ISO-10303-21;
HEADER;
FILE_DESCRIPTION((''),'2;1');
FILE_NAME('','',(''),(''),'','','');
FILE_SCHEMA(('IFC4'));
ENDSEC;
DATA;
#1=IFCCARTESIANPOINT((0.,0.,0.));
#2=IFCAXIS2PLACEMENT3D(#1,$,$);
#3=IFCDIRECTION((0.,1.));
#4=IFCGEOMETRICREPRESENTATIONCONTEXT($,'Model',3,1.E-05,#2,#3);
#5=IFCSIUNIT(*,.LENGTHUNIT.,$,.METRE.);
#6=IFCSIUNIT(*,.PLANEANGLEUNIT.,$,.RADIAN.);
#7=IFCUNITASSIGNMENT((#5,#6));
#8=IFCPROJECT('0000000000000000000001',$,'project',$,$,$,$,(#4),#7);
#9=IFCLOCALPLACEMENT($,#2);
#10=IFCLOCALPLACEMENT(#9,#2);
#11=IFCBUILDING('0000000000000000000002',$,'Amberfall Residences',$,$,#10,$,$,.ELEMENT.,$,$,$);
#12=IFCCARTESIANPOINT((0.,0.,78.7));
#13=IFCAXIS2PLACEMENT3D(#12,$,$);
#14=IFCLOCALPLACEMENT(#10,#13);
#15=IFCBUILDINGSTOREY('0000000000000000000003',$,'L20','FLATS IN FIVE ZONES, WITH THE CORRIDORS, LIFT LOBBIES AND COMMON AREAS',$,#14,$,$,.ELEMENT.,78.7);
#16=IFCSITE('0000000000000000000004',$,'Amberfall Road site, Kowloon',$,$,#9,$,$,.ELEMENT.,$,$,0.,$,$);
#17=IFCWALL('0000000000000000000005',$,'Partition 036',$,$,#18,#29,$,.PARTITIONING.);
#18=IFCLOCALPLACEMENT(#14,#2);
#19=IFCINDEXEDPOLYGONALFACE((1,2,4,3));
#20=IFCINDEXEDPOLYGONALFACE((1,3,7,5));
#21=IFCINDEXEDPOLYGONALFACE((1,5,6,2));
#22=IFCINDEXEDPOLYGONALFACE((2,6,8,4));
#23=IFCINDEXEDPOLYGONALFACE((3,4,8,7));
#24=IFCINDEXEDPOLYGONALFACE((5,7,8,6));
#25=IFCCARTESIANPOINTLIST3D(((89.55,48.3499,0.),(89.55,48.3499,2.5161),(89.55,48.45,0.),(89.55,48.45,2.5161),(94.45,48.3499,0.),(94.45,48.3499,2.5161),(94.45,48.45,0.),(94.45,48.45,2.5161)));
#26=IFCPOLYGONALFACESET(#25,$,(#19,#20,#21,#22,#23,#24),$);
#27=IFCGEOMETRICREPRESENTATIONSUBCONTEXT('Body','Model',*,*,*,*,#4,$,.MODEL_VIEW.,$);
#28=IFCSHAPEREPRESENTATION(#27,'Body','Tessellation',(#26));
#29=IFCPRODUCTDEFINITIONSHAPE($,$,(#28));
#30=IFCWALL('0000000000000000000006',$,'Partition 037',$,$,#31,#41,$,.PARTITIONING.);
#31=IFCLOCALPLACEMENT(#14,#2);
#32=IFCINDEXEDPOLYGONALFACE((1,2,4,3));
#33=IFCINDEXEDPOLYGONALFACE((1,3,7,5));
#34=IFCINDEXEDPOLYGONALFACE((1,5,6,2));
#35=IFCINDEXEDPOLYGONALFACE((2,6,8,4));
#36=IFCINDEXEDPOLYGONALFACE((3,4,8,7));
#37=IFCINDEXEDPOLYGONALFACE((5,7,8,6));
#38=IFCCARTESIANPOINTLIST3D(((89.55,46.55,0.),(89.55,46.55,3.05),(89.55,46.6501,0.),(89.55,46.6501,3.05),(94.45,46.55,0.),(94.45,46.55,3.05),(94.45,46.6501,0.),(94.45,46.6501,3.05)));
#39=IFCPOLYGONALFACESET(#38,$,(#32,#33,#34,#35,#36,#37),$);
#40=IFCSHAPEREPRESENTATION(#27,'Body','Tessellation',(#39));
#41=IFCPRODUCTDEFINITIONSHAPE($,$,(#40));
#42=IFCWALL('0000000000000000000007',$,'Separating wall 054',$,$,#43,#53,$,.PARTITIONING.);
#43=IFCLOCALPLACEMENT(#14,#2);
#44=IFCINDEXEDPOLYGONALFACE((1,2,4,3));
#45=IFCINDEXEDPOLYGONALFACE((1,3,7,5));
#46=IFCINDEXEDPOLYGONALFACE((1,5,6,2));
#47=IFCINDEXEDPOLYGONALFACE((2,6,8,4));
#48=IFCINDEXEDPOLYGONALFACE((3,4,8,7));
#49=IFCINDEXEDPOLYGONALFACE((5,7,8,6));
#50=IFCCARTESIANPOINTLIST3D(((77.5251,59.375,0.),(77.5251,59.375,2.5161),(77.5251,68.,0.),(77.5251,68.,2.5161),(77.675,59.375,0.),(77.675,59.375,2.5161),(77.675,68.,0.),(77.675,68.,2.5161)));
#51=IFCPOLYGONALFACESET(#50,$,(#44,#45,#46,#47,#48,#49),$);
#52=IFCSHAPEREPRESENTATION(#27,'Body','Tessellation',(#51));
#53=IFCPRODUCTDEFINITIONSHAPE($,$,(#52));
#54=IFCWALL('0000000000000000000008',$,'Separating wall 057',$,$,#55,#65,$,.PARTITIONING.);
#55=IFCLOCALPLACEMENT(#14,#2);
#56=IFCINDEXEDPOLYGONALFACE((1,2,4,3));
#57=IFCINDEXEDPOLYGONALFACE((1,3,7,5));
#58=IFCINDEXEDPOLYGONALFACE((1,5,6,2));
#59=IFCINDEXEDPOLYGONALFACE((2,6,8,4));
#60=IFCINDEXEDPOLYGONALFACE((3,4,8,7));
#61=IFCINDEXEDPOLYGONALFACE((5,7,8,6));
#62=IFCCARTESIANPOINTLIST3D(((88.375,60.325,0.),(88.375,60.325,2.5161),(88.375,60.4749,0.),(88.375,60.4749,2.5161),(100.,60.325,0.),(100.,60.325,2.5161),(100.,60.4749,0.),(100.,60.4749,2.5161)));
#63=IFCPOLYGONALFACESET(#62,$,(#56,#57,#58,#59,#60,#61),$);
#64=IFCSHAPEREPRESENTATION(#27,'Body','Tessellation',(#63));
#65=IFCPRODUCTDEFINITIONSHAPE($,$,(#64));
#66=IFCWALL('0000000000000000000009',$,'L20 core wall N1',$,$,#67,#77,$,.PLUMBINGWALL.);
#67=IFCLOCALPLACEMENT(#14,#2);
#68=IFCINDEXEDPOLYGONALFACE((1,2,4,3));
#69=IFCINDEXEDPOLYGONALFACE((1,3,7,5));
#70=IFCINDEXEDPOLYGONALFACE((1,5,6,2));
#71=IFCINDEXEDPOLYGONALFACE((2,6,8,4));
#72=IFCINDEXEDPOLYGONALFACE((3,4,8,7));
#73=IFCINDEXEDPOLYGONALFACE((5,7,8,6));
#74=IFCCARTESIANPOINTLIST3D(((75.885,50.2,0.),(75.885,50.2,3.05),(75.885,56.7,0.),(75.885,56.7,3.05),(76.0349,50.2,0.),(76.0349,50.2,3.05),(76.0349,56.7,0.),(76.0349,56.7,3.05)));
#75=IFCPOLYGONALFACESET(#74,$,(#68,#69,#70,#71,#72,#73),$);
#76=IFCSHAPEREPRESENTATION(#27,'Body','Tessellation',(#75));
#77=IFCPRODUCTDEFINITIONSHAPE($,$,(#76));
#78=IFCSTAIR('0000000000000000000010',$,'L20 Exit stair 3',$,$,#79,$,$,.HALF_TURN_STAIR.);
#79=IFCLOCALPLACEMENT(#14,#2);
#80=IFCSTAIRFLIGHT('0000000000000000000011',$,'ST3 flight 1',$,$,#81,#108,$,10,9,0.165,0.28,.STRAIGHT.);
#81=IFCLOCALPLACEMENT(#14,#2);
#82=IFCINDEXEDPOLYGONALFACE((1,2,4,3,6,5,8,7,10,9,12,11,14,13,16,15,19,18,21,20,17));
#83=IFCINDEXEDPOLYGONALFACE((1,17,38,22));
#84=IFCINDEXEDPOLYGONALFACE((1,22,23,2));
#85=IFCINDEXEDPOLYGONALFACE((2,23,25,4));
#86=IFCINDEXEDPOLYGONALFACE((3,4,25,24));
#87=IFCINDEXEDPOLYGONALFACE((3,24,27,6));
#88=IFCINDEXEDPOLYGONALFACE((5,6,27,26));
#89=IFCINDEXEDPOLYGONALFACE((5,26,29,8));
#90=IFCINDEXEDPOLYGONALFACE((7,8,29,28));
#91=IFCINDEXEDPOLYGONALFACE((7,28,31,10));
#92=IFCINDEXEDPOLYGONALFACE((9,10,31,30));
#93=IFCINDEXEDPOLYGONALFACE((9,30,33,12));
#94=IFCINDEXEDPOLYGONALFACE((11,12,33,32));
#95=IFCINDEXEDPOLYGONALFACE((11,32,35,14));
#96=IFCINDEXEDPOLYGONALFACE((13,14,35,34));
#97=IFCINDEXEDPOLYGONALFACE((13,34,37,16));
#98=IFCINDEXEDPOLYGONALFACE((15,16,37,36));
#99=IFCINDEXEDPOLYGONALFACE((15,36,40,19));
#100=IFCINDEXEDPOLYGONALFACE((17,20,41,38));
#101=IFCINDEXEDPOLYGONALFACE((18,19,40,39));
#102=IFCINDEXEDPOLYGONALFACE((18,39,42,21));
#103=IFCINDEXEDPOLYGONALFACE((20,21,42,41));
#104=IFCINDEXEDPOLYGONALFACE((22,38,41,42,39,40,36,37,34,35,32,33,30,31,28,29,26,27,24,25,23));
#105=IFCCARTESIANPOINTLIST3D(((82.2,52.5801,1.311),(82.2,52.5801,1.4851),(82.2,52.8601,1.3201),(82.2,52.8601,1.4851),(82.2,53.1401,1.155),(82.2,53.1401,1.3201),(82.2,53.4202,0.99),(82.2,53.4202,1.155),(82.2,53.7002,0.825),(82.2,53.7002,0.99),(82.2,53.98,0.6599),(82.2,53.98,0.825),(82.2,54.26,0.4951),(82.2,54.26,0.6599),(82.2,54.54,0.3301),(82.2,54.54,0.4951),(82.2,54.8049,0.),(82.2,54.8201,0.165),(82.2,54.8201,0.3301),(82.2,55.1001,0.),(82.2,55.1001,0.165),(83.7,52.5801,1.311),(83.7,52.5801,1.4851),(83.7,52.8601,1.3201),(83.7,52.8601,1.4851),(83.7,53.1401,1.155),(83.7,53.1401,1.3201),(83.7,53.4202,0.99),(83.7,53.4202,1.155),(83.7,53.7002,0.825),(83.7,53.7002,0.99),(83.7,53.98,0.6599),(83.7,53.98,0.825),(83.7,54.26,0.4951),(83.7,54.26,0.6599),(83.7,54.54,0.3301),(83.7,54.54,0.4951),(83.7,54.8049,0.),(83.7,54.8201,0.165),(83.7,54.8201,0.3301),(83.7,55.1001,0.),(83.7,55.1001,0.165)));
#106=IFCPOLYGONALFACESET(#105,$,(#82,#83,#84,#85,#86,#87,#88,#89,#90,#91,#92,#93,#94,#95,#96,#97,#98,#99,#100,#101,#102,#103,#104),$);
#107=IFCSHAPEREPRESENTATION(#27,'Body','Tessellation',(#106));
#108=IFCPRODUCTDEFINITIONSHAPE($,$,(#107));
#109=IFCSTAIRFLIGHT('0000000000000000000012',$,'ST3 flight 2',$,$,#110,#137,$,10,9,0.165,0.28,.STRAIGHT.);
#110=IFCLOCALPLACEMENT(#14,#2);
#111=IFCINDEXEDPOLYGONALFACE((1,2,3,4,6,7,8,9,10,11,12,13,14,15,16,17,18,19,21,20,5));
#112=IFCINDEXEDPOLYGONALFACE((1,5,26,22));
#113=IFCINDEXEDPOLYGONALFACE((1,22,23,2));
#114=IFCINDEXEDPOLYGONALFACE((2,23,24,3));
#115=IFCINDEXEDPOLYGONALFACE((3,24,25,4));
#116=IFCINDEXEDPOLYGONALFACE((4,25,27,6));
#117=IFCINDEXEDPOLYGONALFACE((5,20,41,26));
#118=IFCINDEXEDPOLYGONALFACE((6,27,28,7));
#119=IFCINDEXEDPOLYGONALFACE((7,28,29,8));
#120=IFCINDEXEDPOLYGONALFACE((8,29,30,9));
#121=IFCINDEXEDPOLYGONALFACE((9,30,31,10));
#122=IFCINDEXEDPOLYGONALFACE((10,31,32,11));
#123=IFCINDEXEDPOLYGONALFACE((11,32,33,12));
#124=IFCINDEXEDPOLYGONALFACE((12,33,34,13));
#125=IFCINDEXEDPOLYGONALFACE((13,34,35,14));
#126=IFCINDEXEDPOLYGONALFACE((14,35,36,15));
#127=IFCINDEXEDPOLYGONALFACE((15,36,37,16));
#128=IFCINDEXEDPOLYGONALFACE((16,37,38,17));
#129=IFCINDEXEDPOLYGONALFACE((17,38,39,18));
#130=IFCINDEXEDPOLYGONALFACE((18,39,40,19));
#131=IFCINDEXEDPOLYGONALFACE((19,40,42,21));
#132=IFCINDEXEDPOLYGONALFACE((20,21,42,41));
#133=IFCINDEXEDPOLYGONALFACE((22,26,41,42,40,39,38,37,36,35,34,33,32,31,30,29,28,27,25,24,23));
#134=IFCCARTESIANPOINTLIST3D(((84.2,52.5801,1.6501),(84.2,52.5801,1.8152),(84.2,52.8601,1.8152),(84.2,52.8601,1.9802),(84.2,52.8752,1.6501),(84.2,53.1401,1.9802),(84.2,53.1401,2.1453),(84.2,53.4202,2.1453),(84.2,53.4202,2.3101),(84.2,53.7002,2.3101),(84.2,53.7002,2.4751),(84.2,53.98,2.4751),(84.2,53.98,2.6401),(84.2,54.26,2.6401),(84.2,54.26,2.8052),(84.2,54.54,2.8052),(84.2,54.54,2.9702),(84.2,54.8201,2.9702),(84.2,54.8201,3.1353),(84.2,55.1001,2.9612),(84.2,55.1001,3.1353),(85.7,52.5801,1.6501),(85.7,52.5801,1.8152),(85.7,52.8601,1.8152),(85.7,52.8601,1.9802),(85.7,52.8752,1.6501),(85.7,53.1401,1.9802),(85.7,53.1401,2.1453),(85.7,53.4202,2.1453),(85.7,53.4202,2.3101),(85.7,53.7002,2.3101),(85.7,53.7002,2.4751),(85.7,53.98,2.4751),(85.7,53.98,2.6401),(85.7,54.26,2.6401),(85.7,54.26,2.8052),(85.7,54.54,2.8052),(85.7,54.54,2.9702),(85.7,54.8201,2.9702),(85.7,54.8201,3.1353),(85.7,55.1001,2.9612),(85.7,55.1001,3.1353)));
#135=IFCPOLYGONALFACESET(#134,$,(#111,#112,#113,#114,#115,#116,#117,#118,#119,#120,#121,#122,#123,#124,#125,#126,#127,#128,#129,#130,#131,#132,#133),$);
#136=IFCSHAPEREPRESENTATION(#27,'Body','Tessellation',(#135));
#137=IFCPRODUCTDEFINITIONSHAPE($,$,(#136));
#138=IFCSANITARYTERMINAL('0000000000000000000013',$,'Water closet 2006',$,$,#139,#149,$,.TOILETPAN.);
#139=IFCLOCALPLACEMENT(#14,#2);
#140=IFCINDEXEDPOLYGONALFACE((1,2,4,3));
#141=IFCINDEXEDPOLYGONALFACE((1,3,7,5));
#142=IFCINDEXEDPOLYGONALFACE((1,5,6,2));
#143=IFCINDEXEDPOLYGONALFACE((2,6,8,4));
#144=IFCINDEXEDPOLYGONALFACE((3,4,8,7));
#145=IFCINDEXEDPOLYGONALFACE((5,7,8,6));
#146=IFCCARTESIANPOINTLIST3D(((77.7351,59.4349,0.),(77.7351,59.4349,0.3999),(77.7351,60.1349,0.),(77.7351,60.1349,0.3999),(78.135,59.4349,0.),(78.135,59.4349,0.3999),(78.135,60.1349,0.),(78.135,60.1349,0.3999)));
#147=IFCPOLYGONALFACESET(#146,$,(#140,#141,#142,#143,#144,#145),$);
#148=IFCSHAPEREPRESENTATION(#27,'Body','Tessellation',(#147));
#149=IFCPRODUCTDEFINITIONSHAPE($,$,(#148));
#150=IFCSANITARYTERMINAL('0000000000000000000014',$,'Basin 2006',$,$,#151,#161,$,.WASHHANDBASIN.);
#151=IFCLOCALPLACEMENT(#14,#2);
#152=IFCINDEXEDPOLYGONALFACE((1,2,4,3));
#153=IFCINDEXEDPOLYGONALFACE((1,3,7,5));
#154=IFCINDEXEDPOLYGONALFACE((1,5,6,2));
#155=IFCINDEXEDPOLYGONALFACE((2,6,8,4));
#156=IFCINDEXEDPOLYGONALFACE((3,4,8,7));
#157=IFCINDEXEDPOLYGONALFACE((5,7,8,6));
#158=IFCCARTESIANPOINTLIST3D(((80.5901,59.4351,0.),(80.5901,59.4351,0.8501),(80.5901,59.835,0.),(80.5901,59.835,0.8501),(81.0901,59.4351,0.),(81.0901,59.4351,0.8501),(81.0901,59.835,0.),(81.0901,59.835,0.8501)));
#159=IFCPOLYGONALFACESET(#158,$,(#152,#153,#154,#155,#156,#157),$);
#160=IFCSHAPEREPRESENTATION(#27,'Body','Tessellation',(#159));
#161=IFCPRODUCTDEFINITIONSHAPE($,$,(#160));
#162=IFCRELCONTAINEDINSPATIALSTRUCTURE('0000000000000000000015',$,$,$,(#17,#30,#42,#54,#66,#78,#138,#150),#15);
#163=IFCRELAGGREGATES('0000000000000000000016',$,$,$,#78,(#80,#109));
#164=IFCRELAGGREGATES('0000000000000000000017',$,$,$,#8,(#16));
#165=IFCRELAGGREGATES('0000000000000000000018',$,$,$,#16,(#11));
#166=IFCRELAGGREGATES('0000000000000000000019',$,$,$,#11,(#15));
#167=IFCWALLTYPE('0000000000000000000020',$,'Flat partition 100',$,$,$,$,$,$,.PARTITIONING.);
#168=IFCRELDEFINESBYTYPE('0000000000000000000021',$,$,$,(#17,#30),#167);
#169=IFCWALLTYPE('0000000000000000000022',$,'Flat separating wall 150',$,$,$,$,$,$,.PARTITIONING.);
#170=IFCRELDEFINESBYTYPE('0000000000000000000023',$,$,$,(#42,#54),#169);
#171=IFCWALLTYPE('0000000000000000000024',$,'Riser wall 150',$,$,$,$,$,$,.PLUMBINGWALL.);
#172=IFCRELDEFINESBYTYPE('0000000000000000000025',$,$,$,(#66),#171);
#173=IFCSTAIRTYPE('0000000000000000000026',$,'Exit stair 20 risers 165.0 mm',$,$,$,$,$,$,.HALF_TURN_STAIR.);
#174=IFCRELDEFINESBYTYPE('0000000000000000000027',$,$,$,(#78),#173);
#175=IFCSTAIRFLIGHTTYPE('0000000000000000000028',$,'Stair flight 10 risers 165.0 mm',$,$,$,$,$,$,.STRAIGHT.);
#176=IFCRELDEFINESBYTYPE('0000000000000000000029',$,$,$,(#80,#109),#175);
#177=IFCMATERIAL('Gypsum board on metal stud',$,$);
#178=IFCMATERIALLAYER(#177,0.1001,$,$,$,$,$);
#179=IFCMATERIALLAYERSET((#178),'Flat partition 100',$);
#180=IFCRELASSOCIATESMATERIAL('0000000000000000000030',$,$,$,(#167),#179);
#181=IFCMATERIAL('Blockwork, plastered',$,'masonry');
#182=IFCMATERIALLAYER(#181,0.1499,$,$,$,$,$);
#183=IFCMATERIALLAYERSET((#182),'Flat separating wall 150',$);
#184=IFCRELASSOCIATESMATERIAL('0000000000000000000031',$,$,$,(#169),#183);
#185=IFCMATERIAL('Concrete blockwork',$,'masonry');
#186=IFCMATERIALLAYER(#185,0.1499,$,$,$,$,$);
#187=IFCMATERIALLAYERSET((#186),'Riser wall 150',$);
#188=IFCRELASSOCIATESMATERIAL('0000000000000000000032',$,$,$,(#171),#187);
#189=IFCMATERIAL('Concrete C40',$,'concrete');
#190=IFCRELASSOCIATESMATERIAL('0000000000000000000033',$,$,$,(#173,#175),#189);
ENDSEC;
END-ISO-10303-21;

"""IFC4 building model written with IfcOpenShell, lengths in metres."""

from ifc_helpers import new_model, si_unit, direction, frame, frame_2d, origin, origin_2d, place, context, subcontext, project, spatial, polyline, rectangle, outline, extrude, material, layer, layer_set, type_object, element, aggregate, save


model = new_model("IFC4")

# Units and contexts
model_context = context("Model", 3, precision=1e-05, world=origin(), true_north=direction((0.0, 1.0)))
body_context = subcontext(model_context, "Body", "Model", "MODEL_VIEW")
ifc_project = project(units=[si_unit("LENGTHUNIT", "METRE"), si_unit("PLANEANGLEUNIT", "RADIAN")], contexts=[model_context])

# Site, building, storey
site_placement = place(None, origin())
site = spatial("IfcSite", under=ifc_project, at=site_placement, Name="Amberfall Road site, Kowloon", CompositionType="ELEMENT", RefElevation=0.0)
building_placement = place(site_placement, origin())
building = spatial("IfcBuilding", under=site, at=building_placement, Name="Amberfall Residences", CompositionType="ELEMENT")
storey_placement = place(building_placement, frame((0.0, 0.0, 78.7)))
storey = spatial("IfcBuildingStorey", under=building, at=storey_placement, Name="L20", Description="FLATS IN FIVE ZONES, WITH THE CORRIDORS, LIFT LOBBIES AND COMMON AREAS", CompositionType="ELEMENT", Elevation=78.7)

# Shared definitions
ifc_material_1 = material(Name="Gypsum board on metal stud")
ifc_layer_1 = layer(ifc_material_1, 0.1001)
ifc_layer_set_1 = layer_set([ifc_layer_1], Name="Flat partition 100")
wall_type_1 = type_object("IfcWallType", Name="Flat partition 100", PredefinedType="PARTITIONING", material=ifc_layer_set_1)

# Walls
wall_1_placement = place(storey_placement, frame((89.55, 48.3999, 0.0), z_axis=(0.0, 0.0, 1.0), x_axis=(1.0, 0.0, 0.0)))
element("IfcWall", 1, at=wall_1_placement, inside=storey, type_object=wall_type_1, Name="Partition 036", PredefinedType="PARTITIONING", context=body_context, shape_type="SweptSolid", body=[
    extrude(rectangle(XDim=4.8999, YDim=0.1001, at=frame_2d((2.45, 0.0))), origin(), (0.0, 0.0, 1.0), 2.5161),
])
wall_2_placement = place(storey_placement, frame((89.55, 46.6001, 0.0), z_axis=(0.0, 0.0, 1.0), x_axis=(1.0, 0.0, 0.0)))
element("IfcWall", 2, at=wall_2_placement, inside=storey, type_object=wall_type_1, Name="Partition 037", PredefinedType="PARTITIONING", context=body_context, shape_type="SweptSolid", body=[
    extrude(rectangle(XDim=4.8999, YDim=0.1001, at=frame_2d((2.45, 0.0))), origin(), (0.0, 0.0, 1.0), 3.05),
])
ifc_material_2 = material(Name="Blockwork, plastered", Category="masonry")
ifc_layer_2 = layer(ifc_material_2, 0.1499)
ifc_layer_set_2 = layer_set([ifc_layer_2], Name="Flat separating wall 150")
wall_type_2 = type_object("IfcWallType", Name="Flat separating wall 150", PredefinedType="PARTITIONING", material=ifc_layer_set_2)
wall_3_placement = place(storey_placement, frame((77.6001, 59.375, 0.0), z_axis=(0.0, 0.0, 1.0), x_axis=(0.0, 1.0, 0.0)))
element("IfcWall", 3, at=wall_3_placement, inside=storey, type_object=wall_type_2, Name="Separating wall 054", PredefinedType="PARTITIONING", context=body_context, shape_type="SweptSolid", body=[
    extrude(rectangle(XDim=8.625, YDim=0.1499, at=frame_2d((4.3125, 0.0))), origin(), (0.0, 0.0, 1.0), 2.5161),
])
wall_4_placement = place(storey_placement, frame((88.375, 60.3999, 0.0), z_axis=(0.0, 0.0, 1.0), x_axis=(1.0, 0.0, 0.0)))
element("IfcWall", 4, at=wall_4_placement, inside=storey, type_object=wall_type_2, Name="Separating wall 057", PredefinedType="PARTITIONING", context=body_context, shape_type="SweptSolid", body=[
    extrude(rectangle(XDim=11.625, YDim=0.1499, at=frame_2d((5.8125, 0.0))), origin(), (0.0, 0.0, 1.0), 2.5161),
])
ifc_material_3 = material(Name="Concrete blockwork", Category="masonry")
ifc_layer_3 = layer(ifc_material_3, 0.1499)
ifc_layer_set_3 = layer_set([ifc_layer_3], Name="Riser wall 150")
wall_type_3 = type_object("IfcWallType", Name="Riser wall 150", PredefinedType="PLUMBINGWALL", material=ifc_layer_set_3)
wall_5_placement = place(storey_placement, frame((75.96, 50.2, 0.0), z_axis=(0.0, 0.0, 1.0), x_axis=(0.0, 1.0, 0.0)))
element("IfcWall", 5, at=wall_5_placement, inside=storey, type_object=wall_type_3, Name="L20 core wall N1", PredefinedType="PLUMBINGWALL", context=body_context, shape_type="SweptSolid", body=[
    extrude(rectangle(XDim=6.5, YDim=0.1499, at=frame_2d((3.25, 0.0))), origin(), (0.0, 0.0, 1.0), 3.05),
])

# Stair, stair flights
ifc_material_4 = material(Name="Concrete C40", Category="concrete")
stair_type = type_object("IfcStairType", Name="Exit stair 20 risers 165.0 mm", PredefinedType="HALF_TURN_STAIR", material=ifc_material_4)
stair_placement = place(storey_placement, origin())
stair = element("IfcStair", 6, at=stair_placement, inside=storey, type_object=stair_type, Name="L20 Exit stair 3", PredefinedType="HALF_TURN_STAIR")
stair_flight_type = type_object("IfcStairFlightType", Name="Stair flight 10 risers 165.0 mm", PredefinedType="STRAIGHT", material=ifc_material_4)
stair_flight_1_placement = place(storey_placement, frame((82.95, 55.1001, 0.0), z_axis=(0.0, 0.0, 1.0), x_axis=(0.0, -1.0, 0.0)))
stair_flight_1 = element("IfcStairFlight", 7, at=stair_flight_1_placement, type_object=stair_flight_type, Name="ST3 flight 1", NumberOfRisers=10, NumberOfTreads=9, PredefinedType="STRAIGHT", RiserHeight=0.165, TreadLength=0.28, context=body_context, shape_type="SweptSolid", body=[
    extrude(outline(polyline([(0.0, 0.0), (0.0, 0.165), (0.28, 0.165), (0.28, 0.3301), (0.5601, 0.3301), (0.5601, 0.4951), (0.8401, 0.4951), (0.8401, 0.6599), (1.1201, 0.6599), (1.1201, 0.825), (1.3999, 0.825), (1.3999, 0.99), (1.6799, 0.99), (1.6799, 1.155), (1.96, 1.155), (1.96, 1.3201), (2.24, 1.3201), (2.24, 1.4851), (2.52, 1.4851), (2.52, 1.6499), (2.52, 1.311), (0.2952, 0.0), (0.0, 0.0)])), frame((0.0, 0.75, 0.0), z_axis=(0.0, -1.0, 0.0), x_axis=(1.0, 0.0, 0.0)), (0.0, 0.0, 1.0), 1.5),
])
stair_flight_2_placement = place(storey_placement, frame((84.95, 52.5801, 1.6501), z_axis=(0.0, 0.0, 1.0), x_axis=(0.0, 1.0, 0.0)))
stair_flight_2 = element("IfcStairFlight", 8, at=stair_flight_2_placement, type_object=stair_flight_type, Name="ST3 flight 2", NumberOfRisers=10, NumberOfTreads=9, PredefinedType="STRAIGHT", RiserHeight=0.165, TreadLength=0.28, context=body_context, shape_type="SweptSolid", body=[
    extrude(outline(polyline([(0.0, 0.0), (0.0, 0.165), (0.28, 0.165), (0.28, 0.3301), (0.5601, 0.3301), (0.5601, 0.4951), (0.8401, 0.4951), (0.8401, 0.6599), (1.1201, 0.6599), (1.1201, 0.825), (1.3999, 0.825), (1.3999, 0.99), (1.6799, 0.99), (1.6799, 1.155), (1.96, 1.155), (1.96, 1.3201), (2.24, 1.3201), (2.24, 1.4851), (2.52, 1.4851), (2.52, 1.6499), (2.52, 1.311), (0.2952, 0.0), (0.0, 0.0)])), frame((0.0, 0.75, 0.0), z_axis=(0.0, -1.0, 0.0), x_axis=(1.0, 0.0, 0.0)), (0.0, 0.0, 1.0), 1.5),
])
aggregate(stair, [stair_flight_1, stair_flight_2])

# Sanitary terminals
sanitary_terminal_1_placement = place(storey_placement, frame((77.9351, 59.7849, 0.0), z_axis=(0.0, 0.0, 1.0), x_axis=(1.0, 0.0, 0.0)))
element("IfcSanitaryTerminal", 9, at=sanitary_terminal_1_placement, inside=storey, Name="Water closet 2006", PredefinedType="TOILETPAN", context=body_context, shape_type="SweptSolid", body=[
    extrude(rectangle(XDim=0.3999, YDim=0.7, at=origin_2d()), origin(), (0.0, 0.0, 1.0), 0.3999),
])
sanitary_terminal_2_placement = place(storey_placement, frame((80.8401, 59.635, 0.0), z_axis=(0.0, 0.0, 1.0), x_axis=(1.0, 0.0, 0.0)))
element("IfcSanitaryTerminal", 10, at=sanitary_terminal_2_placement, inside=storey, Name="Basin 2006", PredefinedType="WASHHANDBASIN", context=body_context, shape_type="SweptSolid", body=[
    extrude(rectangle(XDim=0.5, YDim=0.3999, at=origin_2d()), origin(), (0.0, 0.0, 1.0), 0.8501),
])

save(model, "model.ifc")
